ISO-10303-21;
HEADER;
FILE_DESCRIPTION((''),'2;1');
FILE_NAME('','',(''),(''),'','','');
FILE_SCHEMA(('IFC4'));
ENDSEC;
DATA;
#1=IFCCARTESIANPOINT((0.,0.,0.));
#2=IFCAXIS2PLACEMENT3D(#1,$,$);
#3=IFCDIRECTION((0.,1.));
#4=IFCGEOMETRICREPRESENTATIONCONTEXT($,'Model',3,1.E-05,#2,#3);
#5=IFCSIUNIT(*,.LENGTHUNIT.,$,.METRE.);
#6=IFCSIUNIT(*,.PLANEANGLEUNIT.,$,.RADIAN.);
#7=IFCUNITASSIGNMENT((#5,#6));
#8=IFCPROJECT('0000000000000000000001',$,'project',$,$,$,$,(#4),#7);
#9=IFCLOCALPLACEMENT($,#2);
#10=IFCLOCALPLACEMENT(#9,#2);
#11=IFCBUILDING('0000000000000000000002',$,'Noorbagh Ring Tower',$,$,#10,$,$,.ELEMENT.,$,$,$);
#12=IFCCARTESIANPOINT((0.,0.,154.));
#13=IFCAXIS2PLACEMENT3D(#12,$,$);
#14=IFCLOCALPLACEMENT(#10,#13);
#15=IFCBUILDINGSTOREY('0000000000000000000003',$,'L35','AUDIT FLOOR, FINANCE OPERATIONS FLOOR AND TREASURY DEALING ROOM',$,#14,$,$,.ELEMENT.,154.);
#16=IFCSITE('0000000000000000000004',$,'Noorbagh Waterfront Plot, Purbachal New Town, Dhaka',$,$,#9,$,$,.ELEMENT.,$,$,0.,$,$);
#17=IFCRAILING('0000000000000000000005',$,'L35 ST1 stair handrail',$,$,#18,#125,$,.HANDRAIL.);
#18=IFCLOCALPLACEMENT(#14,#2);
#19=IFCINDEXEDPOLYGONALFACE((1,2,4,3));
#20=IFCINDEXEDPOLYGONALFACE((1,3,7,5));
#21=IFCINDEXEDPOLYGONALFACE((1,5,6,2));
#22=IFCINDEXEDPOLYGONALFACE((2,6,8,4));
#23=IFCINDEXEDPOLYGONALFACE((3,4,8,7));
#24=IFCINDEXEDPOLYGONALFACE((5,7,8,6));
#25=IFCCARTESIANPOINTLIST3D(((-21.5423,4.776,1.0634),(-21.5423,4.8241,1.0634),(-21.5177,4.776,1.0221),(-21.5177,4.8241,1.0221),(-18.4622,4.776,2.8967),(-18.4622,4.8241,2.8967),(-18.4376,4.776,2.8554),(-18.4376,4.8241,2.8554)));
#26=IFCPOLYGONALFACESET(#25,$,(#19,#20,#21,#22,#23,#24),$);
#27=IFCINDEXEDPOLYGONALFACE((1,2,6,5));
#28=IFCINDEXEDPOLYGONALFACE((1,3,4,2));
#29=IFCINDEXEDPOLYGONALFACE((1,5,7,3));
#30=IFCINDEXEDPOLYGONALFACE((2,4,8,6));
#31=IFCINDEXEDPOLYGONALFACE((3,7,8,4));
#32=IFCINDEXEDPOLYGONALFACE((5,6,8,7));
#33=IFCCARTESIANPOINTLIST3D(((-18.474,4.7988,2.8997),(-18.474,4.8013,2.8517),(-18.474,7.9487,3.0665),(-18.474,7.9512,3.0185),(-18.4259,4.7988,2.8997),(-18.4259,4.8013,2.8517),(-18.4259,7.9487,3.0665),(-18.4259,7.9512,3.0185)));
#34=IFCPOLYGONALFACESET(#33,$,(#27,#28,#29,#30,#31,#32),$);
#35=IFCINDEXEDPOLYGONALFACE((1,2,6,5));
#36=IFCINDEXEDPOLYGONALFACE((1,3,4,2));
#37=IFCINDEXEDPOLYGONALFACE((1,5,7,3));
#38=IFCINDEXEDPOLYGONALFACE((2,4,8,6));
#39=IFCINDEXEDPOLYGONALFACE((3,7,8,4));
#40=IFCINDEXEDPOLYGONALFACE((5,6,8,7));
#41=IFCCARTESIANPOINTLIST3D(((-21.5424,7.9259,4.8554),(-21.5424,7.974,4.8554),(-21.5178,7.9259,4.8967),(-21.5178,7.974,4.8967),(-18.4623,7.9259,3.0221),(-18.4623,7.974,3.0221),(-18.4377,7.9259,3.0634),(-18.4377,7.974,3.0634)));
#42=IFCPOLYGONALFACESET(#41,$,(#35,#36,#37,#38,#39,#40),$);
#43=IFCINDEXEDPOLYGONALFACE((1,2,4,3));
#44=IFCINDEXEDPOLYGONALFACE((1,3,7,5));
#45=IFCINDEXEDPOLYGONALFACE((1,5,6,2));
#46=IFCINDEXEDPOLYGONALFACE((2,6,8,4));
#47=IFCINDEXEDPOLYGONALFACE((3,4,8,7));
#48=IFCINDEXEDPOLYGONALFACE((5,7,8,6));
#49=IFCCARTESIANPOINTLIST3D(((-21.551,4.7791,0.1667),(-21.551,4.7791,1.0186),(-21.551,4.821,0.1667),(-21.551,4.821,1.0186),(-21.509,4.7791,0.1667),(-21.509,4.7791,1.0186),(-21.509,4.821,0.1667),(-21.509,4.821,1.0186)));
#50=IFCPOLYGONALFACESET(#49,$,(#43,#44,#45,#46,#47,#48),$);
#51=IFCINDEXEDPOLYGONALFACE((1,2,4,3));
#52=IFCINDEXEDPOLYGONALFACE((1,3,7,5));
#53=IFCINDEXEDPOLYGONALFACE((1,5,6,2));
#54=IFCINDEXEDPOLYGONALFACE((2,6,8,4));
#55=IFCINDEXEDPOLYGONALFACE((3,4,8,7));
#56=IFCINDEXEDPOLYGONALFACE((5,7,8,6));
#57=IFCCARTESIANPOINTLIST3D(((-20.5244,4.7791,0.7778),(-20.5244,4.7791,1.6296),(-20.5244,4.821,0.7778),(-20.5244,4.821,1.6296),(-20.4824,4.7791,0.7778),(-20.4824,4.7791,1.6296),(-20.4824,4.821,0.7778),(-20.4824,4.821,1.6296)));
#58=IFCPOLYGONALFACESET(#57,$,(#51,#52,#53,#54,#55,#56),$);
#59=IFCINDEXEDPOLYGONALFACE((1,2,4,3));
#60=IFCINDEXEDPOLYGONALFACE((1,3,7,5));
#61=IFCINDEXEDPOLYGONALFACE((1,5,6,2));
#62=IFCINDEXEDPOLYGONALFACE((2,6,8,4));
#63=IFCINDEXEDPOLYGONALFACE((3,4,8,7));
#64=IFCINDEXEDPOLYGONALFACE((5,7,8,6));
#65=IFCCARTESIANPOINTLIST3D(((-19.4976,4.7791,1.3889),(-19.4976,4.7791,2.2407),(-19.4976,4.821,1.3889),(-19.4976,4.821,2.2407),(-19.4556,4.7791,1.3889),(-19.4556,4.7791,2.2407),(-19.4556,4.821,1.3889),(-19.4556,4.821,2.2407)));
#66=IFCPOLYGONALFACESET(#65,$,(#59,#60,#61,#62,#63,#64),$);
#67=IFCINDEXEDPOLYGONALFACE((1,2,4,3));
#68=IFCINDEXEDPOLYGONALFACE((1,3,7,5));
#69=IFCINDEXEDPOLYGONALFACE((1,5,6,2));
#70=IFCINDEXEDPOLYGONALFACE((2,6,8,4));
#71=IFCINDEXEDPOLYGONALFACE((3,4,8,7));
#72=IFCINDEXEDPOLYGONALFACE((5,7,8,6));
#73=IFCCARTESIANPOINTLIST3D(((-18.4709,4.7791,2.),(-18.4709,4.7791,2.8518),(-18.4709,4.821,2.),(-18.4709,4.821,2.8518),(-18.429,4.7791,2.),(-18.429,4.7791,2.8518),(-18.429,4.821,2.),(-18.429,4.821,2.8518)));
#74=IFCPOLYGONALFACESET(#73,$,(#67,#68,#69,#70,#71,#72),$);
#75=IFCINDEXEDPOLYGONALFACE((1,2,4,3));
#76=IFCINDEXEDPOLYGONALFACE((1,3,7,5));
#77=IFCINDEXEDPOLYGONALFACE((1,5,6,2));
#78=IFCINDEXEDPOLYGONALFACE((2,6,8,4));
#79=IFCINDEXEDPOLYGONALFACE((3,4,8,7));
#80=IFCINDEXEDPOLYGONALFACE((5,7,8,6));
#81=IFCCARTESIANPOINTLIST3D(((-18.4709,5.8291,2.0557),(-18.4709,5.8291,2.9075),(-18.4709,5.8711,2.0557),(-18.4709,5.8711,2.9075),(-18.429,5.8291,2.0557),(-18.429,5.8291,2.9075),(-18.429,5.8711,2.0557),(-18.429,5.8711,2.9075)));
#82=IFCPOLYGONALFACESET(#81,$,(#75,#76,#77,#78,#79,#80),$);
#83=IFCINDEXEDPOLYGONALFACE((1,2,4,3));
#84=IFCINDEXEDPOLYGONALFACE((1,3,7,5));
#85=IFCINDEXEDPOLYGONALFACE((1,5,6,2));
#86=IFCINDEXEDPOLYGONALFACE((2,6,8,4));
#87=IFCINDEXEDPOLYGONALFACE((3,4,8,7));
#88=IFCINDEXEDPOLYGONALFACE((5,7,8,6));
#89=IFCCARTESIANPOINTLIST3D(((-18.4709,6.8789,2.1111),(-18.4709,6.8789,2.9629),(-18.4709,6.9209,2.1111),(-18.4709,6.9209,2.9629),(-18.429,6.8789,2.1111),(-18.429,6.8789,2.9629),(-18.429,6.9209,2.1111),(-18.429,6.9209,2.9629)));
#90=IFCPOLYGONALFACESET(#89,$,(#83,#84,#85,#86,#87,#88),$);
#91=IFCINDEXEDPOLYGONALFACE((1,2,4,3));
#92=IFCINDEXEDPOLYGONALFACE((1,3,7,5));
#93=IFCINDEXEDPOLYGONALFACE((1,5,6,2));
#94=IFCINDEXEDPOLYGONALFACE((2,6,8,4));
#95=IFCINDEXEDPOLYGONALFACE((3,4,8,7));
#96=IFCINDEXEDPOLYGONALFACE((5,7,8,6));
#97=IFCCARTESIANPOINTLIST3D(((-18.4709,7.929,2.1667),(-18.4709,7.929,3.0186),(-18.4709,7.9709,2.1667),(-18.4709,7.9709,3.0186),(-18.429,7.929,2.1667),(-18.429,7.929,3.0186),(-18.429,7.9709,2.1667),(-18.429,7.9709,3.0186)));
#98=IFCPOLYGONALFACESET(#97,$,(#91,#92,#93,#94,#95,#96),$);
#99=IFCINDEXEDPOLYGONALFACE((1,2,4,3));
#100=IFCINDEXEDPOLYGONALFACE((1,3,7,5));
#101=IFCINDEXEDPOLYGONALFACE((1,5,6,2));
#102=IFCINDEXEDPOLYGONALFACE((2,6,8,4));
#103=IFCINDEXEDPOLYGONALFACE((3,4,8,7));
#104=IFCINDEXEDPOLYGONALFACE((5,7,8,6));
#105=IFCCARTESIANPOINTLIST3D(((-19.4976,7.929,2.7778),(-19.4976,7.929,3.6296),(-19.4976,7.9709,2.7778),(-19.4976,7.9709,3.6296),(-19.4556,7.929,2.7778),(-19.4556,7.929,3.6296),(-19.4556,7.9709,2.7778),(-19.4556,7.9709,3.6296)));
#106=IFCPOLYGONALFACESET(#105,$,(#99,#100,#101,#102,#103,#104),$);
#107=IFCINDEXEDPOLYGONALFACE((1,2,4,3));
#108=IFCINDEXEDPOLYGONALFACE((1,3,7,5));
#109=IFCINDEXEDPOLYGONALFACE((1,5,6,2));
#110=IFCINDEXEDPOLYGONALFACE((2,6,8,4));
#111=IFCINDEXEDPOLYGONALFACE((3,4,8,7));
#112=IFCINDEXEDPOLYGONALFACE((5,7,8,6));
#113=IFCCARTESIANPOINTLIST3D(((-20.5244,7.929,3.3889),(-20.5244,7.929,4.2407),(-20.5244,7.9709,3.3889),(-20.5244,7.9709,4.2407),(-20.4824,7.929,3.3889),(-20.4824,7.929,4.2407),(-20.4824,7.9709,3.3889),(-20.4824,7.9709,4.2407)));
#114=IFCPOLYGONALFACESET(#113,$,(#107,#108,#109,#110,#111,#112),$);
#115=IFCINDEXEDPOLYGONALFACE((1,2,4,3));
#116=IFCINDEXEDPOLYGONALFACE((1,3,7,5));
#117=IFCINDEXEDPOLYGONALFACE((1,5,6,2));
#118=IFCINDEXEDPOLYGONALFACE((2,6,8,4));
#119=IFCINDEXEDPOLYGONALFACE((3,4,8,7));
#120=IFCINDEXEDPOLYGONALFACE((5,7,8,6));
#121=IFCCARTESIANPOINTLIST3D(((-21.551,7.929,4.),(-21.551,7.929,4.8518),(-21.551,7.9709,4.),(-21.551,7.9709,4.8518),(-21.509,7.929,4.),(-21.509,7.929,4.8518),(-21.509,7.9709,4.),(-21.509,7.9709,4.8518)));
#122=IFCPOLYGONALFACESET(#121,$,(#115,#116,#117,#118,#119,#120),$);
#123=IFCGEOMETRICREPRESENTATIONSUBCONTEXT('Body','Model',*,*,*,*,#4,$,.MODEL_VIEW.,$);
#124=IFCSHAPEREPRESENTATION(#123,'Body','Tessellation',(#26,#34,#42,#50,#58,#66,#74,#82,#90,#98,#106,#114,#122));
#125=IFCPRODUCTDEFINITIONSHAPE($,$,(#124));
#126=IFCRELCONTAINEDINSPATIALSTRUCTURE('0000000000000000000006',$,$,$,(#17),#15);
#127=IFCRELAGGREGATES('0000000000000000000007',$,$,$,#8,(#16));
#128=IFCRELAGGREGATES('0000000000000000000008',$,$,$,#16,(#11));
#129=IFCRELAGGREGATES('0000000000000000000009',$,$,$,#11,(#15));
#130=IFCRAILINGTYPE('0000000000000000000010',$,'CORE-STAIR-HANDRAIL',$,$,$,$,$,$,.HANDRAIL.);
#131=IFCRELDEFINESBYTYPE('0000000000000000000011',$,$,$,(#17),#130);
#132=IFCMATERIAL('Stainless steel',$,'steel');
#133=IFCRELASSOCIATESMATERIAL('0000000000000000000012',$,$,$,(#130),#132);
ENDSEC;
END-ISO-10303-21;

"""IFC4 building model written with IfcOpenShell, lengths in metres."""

from ifc_helpers import new_model, si_unit, direction, frame, origin, origin_2d, place, context, subcontext, project, spatial, rectangle, extrude, material, type_object, element, save


model = new_model("IFC4")

# Units and contexts
model_context = context("Model", 3, precision=1e-05, world=origin(), true_north=direction((0.0, 1.0)))
body_context = subcontext(model_context, "Body", "Model", "MODEL_VIEW")
ifc_project = project(units=[si_unit("LENGTHUNIT", "METRE"), si_unit("PLANEANGLEUNIT", "RADIAN")], contexts=[model_context])

# Site, building, storey
site_placement = place(None, origin())
site = spatial("IfcSite", under=ifc_project, at=site_placement, Name="Noorbagh Waterfront Plot, Purbachal New Town, Dhaka", CompositionType="ELEMENT", RefElevation=0.0)
building_placement = place(site_placement, origin())
building = spatial("IfcBuilding", under=site, at=building_placement, Name="Noorbagh Ring Tower", CompositionType="ELEMENT")
storey_placement = place(building_placement, frame((0.0, 0.0, 154.0)))
storey = spatial("IfcBuildingStorey", under=building, at=storey_placement, Name="L35", Description="AUDIT FLOOR, FINANCE OPERATIONS FLOOR AND TREASURY DEALING ROOM", CompositionType="ELEMENT", Elevation=154.0)

# Railing
ifc_material_1 = material(Name="Stainless steel", Category="steel")
railing_type_1 = type_object("IfcRailingType", Name="CORE-STAIR-HANDRAIL", PredefinedType="HANDRAIL", material=ifc_material_1)
railing_1_placement = place(storey_placement, frame((-21.53, 4.8, 0.1667)))
element("IfcRailing", 1, at=railing_1_placement, inside=storey, type_object=railing_type_1, Name="L35 ST1 stair handrail", PredefinedType="HANDRAIL", context=body_context, shape_type="SweptSolid", body=[
    extrude(rectangle(XDim=0.0481, YDim=0.0481, at=origin_2d()), frame((0.0, 0.0, 0.876), z_axis=(0.859309, 0.0, 0.511458), x_axis=(0.0, 1.0, 0.0)), (0.0, 0.0, 1.0), 3.5845),
    extrude(rectangle(XDim=0.0481, YDim=0.0481, at=origin_2d()), frame((3.0801, 0.0, 2.709), z_axis=(0.0, 0.998602, 0.052864), x_axis=(-1.0, 0.0, 0.0)), (0.0, 0.0, 1.0), 3.1543),
    extrude(rectangle(XDim=0.0481, YDim=0.0481, at=origin_2d()), frame((3.0801, 3.1499, 2.876), z_axis=(-0.859309, 0.0, 0.511458), x_axis=(0.0, -1.0, 0.0)), (0.0, 0.0, 1.0), 3.5845),
    extrude(rectangle(XDim=0.042, YDim=0.042, at=origin_2d()), origin(), (0.0, 0.0, 1.0), 0.8518),
    extrude(rectangle(XDim=0.042, YDim=0.042, at=origin_2d()), frame((1.0266, 0.0, 0.6111)), (0.0, 0.0, 1.0), 0.8518),
    extrude(rectangle(XDim=0.042, YDim=0.042, at=origin_2d()), frame((2.0535, 0.0, 1.2222)), (0.0, 0.0, 1.0), 0.8518),
    extrude(rectangle(XDim=0.042, YDim=0.042, at=origin_2d()), frame((3.0801, 0.0, 1.8333)), (0.0, 0.0, 1.0), 0.8518),
    extrude(rectangle(XDim=0.042, YDim=0.042, at=origin_2d()), frame((3.0801, 1.05, 1.8889)), (0.0, 0.0, 1.0), 0.8518),
    extrude(rectangle(XDim=0.042, YDim=0.042, at=origin_2d()), frame((3.0801, 2.0999, 1.9443)), (0.0, 0.0, 1.0), 0.8518),
    extrude(rectangle(XDim=0.042, YDim=0.042, at=origin_2d()), frame((3.0801, 3.1499, 2.0)), (0.0, 0.0, 1.0), 0.8518),
    extrude(rectangle(XDim=0.042, YDim=0.042, at=origin_2d()), frame((2.0535, 3.1499, 2.6111)), (0.0, 0.0, 1.0), 0.8518),
    extrude(rectangle(XDim=0.042, YDim=0.042, at=origin_2d()), frame((1.0266, 3.1499, 3.2222)), (0.0, 0.0, 1.0), 0.8518),
    extrude(rectangle(XDim=0.042, YDim=0.042, at=origin_2d()), frame((0.0, 3.1499, 3.8333)), (0.0, 0.0, 1.0), 0.8518),
])

save(model, "model.ifc")
